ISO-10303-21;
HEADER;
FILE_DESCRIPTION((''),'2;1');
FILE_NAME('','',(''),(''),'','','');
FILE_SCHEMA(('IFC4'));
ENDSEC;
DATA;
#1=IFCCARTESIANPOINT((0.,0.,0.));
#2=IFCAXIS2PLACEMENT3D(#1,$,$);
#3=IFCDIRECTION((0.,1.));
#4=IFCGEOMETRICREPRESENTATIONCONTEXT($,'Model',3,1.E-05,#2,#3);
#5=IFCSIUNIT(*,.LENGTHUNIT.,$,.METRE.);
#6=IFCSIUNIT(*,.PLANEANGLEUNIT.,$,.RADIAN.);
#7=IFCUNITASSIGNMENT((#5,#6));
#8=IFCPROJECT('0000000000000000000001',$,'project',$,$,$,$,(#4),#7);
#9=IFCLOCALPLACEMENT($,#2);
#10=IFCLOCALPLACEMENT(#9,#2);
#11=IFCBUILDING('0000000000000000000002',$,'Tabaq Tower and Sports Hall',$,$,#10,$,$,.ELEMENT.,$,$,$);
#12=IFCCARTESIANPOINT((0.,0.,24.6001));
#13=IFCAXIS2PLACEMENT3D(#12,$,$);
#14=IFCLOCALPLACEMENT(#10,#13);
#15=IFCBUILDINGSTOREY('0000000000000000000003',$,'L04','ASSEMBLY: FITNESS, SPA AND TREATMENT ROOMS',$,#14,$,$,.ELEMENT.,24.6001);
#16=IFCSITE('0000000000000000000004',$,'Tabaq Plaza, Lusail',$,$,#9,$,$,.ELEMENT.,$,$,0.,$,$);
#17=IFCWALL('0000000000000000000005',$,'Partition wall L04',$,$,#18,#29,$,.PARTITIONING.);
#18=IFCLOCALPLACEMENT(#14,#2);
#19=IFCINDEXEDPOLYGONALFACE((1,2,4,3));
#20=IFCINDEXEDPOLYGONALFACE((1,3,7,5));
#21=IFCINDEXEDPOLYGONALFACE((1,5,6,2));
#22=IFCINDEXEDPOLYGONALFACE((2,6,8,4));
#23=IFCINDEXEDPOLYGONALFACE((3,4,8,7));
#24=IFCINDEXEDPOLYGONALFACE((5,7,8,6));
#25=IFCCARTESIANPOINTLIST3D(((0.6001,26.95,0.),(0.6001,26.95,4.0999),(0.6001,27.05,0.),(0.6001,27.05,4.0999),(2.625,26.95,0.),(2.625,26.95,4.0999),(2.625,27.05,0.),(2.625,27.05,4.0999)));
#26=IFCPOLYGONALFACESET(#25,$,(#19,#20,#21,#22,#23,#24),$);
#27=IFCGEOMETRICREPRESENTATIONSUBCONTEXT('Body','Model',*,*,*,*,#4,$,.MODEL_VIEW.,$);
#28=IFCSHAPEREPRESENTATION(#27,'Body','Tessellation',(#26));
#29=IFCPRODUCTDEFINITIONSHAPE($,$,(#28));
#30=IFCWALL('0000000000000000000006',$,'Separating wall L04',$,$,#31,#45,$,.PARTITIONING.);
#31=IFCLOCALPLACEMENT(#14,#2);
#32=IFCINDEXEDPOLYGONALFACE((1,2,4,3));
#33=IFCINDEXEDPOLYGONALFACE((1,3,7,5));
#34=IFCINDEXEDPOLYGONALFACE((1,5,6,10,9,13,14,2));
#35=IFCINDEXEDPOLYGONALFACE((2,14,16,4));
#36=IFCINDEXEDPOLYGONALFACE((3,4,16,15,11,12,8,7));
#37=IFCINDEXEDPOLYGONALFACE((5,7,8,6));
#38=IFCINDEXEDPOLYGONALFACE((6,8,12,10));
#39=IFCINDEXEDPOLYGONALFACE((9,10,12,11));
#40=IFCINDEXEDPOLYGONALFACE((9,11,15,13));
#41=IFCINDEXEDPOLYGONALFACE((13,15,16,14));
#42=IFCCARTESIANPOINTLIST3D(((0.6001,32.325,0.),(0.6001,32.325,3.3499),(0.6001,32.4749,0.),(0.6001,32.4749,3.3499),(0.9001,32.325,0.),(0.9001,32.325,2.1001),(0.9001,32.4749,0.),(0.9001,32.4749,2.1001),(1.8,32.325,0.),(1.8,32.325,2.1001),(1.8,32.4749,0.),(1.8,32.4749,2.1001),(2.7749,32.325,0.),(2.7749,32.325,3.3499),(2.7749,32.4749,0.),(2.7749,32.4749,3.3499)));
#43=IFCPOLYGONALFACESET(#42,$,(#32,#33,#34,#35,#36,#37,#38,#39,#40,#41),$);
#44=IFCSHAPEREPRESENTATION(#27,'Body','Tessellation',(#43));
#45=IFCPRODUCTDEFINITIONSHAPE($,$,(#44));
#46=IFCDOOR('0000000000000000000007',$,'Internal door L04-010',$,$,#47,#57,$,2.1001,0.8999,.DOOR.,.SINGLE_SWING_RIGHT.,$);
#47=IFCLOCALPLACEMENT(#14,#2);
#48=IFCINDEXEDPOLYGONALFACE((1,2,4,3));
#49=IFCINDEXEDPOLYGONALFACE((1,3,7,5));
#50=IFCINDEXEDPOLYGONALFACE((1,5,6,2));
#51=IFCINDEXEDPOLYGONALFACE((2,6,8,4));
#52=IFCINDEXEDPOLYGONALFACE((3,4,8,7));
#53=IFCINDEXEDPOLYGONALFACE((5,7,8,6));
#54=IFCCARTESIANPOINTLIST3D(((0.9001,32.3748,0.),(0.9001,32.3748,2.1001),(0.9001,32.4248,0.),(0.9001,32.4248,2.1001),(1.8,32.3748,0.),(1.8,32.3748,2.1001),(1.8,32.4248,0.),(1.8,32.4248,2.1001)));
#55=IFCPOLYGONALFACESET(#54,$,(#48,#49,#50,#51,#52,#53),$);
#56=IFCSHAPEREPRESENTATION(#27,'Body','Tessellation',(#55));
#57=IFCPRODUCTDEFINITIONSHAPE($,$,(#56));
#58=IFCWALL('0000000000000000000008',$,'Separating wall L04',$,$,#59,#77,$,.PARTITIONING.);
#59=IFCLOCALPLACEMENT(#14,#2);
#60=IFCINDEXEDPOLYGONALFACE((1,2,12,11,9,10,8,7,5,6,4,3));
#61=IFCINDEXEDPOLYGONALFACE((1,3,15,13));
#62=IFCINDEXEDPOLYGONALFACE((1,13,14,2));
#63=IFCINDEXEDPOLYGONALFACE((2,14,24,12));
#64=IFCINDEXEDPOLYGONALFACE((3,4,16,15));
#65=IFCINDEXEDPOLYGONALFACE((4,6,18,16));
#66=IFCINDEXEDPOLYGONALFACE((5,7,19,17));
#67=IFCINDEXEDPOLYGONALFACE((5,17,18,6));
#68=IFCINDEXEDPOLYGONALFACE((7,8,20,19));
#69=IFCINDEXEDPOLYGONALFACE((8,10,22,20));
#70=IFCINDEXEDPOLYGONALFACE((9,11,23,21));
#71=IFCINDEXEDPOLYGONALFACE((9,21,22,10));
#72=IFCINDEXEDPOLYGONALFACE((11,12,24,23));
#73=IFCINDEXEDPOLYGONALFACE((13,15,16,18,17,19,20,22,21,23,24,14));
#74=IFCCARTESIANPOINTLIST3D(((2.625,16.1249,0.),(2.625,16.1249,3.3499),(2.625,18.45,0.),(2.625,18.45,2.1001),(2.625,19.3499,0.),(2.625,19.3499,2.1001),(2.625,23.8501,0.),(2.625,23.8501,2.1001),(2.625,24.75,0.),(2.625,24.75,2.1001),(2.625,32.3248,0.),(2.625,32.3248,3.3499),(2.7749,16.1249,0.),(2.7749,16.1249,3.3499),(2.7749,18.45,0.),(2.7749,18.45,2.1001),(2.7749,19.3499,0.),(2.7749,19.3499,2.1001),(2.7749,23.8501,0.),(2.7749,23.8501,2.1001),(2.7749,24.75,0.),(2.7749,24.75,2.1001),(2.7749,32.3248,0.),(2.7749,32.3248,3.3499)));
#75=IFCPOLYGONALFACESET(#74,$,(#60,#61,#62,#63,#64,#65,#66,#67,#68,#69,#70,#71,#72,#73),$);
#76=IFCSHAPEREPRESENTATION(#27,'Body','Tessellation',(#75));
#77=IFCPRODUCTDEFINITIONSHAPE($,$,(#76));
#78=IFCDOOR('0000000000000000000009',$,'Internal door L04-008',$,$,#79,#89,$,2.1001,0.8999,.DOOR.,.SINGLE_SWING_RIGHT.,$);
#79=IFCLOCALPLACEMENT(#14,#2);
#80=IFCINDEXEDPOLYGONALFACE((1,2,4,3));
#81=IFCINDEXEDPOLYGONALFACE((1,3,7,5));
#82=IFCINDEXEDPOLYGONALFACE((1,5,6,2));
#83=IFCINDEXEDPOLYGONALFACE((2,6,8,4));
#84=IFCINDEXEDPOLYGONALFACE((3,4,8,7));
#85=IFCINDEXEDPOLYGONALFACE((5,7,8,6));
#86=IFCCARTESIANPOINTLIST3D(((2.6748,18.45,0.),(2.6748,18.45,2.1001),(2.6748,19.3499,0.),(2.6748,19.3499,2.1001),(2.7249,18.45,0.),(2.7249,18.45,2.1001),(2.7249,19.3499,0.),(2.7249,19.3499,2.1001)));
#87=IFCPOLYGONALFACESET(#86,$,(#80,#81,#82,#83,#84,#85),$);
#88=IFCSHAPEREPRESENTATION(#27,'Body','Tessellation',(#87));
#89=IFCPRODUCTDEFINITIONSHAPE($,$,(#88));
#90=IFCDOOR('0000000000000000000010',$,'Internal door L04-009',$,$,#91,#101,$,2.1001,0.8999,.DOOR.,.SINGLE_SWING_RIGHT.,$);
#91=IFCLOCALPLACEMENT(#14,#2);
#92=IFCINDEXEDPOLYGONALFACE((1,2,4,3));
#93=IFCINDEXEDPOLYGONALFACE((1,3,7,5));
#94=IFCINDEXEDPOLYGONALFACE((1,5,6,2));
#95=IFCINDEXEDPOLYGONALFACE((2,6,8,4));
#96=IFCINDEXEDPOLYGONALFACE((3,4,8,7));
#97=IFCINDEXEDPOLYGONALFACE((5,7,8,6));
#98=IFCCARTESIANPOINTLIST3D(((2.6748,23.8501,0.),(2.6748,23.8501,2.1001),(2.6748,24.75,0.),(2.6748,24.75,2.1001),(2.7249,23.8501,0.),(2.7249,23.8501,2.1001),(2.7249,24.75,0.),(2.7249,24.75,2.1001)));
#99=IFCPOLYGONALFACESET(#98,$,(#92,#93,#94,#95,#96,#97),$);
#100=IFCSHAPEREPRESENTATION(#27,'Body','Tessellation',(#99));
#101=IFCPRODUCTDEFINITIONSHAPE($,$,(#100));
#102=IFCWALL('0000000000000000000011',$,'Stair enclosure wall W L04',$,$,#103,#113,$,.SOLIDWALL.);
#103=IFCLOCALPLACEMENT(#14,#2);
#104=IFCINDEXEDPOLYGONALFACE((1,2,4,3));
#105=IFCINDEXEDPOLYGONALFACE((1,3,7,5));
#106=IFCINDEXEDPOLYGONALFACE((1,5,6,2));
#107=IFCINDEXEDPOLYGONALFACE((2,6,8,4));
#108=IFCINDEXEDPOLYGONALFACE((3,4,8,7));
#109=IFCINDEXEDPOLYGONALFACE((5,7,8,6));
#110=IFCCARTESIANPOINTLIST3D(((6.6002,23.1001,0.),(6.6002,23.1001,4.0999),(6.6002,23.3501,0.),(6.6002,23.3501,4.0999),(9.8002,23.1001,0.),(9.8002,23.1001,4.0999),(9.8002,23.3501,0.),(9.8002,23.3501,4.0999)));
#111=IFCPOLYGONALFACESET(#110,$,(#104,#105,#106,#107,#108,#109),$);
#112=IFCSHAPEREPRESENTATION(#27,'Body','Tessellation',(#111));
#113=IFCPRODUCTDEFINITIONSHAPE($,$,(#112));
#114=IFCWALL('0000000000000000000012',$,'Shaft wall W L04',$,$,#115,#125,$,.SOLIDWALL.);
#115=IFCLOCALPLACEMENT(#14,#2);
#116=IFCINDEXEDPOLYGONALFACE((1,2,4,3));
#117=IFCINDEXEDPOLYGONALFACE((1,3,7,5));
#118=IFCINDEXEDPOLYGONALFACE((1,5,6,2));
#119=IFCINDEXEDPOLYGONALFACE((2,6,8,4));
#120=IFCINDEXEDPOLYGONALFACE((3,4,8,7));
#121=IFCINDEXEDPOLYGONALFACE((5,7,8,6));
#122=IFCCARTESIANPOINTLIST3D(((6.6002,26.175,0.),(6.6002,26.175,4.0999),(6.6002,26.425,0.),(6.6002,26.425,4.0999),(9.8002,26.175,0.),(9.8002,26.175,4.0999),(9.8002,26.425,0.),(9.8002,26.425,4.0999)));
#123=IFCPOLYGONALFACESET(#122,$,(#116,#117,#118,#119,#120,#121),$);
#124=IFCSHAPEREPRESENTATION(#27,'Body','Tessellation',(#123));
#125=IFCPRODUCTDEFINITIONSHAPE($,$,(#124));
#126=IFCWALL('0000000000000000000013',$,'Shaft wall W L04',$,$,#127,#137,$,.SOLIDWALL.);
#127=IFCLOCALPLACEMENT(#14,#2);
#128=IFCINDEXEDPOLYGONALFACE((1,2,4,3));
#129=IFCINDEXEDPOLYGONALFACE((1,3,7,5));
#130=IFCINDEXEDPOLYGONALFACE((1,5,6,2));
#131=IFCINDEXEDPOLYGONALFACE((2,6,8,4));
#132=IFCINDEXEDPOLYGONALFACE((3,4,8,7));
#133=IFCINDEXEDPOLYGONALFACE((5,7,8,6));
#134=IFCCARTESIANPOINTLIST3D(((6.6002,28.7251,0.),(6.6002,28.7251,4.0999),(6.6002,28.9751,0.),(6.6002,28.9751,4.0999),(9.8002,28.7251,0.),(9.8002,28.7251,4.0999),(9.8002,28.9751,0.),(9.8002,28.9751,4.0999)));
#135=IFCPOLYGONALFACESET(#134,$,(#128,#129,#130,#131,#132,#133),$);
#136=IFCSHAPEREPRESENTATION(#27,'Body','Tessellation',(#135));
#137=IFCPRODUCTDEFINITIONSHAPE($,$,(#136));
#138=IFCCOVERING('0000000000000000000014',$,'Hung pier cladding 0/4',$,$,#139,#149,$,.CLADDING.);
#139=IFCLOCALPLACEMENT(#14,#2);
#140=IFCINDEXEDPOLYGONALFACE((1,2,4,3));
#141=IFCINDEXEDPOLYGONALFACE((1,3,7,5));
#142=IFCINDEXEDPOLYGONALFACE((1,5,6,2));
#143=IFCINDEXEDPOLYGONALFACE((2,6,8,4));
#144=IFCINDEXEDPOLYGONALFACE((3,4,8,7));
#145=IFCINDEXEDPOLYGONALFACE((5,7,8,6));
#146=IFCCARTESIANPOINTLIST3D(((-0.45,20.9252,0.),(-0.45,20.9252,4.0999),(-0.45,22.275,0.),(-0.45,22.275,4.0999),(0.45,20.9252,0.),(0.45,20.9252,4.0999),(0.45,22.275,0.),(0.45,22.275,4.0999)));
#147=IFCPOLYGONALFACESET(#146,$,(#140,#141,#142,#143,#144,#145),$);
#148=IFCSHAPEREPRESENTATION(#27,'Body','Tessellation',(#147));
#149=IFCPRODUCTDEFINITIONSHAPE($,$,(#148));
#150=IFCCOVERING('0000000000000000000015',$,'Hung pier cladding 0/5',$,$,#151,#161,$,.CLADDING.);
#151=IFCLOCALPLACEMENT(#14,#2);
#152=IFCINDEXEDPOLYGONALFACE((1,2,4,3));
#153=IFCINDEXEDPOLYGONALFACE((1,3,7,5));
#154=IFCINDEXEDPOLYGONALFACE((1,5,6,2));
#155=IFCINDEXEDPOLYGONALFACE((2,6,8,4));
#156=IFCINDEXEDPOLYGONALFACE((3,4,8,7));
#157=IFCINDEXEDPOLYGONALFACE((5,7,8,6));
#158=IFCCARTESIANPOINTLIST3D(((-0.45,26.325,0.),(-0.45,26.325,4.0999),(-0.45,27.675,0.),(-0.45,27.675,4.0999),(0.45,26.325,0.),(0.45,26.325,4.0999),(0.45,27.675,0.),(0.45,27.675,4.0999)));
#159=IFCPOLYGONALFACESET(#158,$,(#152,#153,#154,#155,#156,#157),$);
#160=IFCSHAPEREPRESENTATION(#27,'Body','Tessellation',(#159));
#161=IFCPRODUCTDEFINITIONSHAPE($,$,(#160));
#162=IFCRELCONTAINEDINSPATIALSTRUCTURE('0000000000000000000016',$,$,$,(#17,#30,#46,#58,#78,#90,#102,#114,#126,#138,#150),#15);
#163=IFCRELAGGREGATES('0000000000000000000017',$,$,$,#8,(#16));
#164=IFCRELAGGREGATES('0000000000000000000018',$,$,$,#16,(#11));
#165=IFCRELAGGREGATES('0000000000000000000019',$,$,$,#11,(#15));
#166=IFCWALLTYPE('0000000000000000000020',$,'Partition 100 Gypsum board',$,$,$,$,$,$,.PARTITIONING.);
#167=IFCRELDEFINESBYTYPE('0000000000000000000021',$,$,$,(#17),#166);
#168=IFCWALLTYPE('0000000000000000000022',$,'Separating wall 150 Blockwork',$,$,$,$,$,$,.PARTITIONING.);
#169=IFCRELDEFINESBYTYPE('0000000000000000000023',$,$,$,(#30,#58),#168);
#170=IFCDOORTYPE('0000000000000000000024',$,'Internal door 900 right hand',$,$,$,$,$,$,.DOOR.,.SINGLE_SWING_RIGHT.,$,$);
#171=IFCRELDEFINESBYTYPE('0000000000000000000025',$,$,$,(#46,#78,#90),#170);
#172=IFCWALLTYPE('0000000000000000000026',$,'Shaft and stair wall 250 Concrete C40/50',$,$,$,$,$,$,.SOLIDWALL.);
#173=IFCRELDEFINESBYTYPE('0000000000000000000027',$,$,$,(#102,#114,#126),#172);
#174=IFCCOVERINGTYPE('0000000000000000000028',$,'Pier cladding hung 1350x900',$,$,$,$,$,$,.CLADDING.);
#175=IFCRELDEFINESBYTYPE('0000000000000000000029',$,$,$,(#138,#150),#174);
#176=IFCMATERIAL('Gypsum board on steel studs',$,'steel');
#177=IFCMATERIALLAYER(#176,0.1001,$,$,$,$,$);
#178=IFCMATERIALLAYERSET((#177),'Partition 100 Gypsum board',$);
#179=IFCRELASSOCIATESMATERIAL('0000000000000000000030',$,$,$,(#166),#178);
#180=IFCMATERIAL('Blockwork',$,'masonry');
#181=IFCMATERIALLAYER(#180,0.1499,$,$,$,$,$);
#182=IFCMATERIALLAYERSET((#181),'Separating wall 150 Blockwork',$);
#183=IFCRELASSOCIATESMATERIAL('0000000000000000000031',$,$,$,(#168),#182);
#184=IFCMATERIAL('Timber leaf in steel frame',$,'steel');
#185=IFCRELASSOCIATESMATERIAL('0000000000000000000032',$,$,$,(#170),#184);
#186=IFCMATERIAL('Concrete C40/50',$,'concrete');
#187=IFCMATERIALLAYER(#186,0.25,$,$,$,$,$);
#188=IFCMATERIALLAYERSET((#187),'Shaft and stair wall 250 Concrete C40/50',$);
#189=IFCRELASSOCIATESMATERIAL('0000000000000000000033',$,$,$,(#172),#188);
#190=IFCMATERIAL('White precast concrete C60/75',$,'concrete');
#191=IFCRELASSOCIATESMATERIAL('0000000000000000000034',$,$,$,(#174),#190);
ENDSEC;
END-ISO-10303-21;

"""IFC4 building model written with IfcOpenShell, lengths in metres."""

from ifc_helpers import new_model, si_unit, direction, frame, frame_2d, origin, place, context, subcontext, project, spatial, rectangle, extrude, material, layer, layer_set, type_object, element, fill, save


model = new_model("IFC4")

# Units and contexts
model_context = context("Model", 3, precision=1e-05, world=origin(), true_north=direction((0.0, 1.0)))
body_context = subcontext(model_context, "Body", "Model", "MODEL_VIEW")
ifc_project = project(units=[si_unit("LENGTHUNIT", "METRE"), si_unit("PLANEANGLEUNIT", "RADIAN")], contexts=[model_context])

# Site, building, storey
site_placement = place(None, origin())
site = spatial("IfcSite", under=ifc_project, at=site_placement, Name="Tabaq Plaza, Lusail", CompositionType="ELEMENT", RefElevation=0.0)
building_placement = place(site_placement, origin())
building = spatial("IfcBuilding", under=site, at=building_placement, Name="Tabaq Tower and Sports Hall", CompositionType="ELEMENT")
storey_placement = place(building_placement, frame((0.0, 0.0, 24.6001)))
storey = spatial("IfcBuildingStorey", under=building, at=storey_placement, Name="L04", Description="ASSEMBLY: FITNESS, SPA AND TREATMENT ROOMS", CompositionType="ELEMENT", Elevation=24.6001)

# Wall
ifc_material_1 = material(Name="Gypsum board on steel studs", Category="steel")
ifc_layer_1 = layer(ifc_material_1, 0.1001)
ifc_layer_set_1 = layer_set([ifc_layer_1], Name="Partition 100 Gypsum board")
wall_type_1 = type_object("IfcWallType", Name="Partition 100 Gypsum board", PredefinedType="PARTITIONING", material=ifc_layer_set_1)
wall_1_placement = place(storey_placement, frame((2.625, 27.0, 0.0), z_axis=(0.0, 0.0, 1.0), x_axis=(-1.0, 0.0, 0.0)))
element("IfcWall", 1, at=wall_1_placement, inside=storey, type_object=wall_type_1, Name="Partition wall L04", PredefinedType="PARTITIONING", context=body_context, shape_type="SweptSolid", body=[
    extrude(rectangle(XDim=2.0249, YDim=0.1001, at=frame_2d((1.0125, 0.0))), origin(), (0.0, 0.0, 1.0), 4.0999),
])

# Wall, opening, door
ifc_material_2 = material(Name="Blockwork", Category="masonry")
ifc_layer_2 = layer(ifc_material_2, 0.1499)
ifc_layer_set_2 = layer_set([ifc_layer_2], Name="Separating wall 150 Blockwork")
wall_type_2 = type_object("IfcWallType", Name="Separating wall 150 Blockwork", PredefinedType="PARTITIONING", material=ifc_layer_set_2)
wall_2_placement = place(storey_placement, frame((0.6001, 32.3999, 0.0), z_axis=(0.0, 0.0, 1.0), x_axis=(1.0, 0.0, 0.0)))
wall_2 = element("IfcWall", 2, at=wall_2_placement, inside=storey, type_object=wall_type_2, Name="Separating wall L04", PredefinedType="PARTITIONING", context=body_context, shape_type="SweptSolid", body=[
    extrude(rectangle(XDim=2.1748, YDim=0.1499, at=frame_2d((1.0874, 0.0))), origin(), (0.0, 0.0, 1.0), 3.3499),
])
opening_1_placement = place(wall_2_placement, frame((0.3, 0.0, 0.0)))
opening_1 = element("IfcOpeningElement", 3, at=opening_1_placement, cuts=wall_2, PredefinedType="OPENING", context=body_context, shape_type="SweptSolid", body=[
    extrude(rectangle(XDim=0.8999, YDim=2.1001, at=frame_2d((0.45, 1.05))), frame((0.0, 0.075, 0.0), z_axis=(0.0, -1.0, 0.0), x_axis=(1.0, 0.0, 0.0)), (0.0, 0.0, 1.0), 0.1499),
])
ifc_material_3 = material(Name="Timber leaf in steel frame", Category="steel")
door_type_1 = type_object("IfcDoorType", Name="Internal door 900 right hand", OperationType="SINGLE_SWING_RIGHT", PredefinedType="DOOR", material=ifc_material_3)
door_1_placement = place(opening_1_placement, origin())
door_1 = element("IfcDoor", 4, at=door_1_placement, inside=storey, type_object=door_type_1, Name="Internal door L04-010", OperationType="SINGLE_SWING_RIGHT", OverallHeight=2.1001, OverallWidth=0.8999, PredefinedType="DOOR", context=body_context, shape_type="SweptSolid", body=[
    extrude(rectangle(XDim=0.8999, YDim=2.1001, at=frame_2d((0.45, 1.05))), frame((0.0, 0.0249, 0.0), z_axis=(0.0, -1.0, 0.0), x_axis=(1.0, 0.0, 0.0)), (0.0, 0.0, 1.0), 0.05),
])
fill(opening_1, door_1)

# Wall, openings, doors
wall_3_placement = place(storey_placement, frame((2.7, 32.325, 0.0), z_axis=(0.0, 0.0, 1.0), x_axis=(0.0, -1.0, 0.0)))
wall_3 = element("IfcWall", 5, at=wall_3_placement, inside=storey, type_object=wall_type_2, Name="Separating wall L04", PredefinedType="PARTITIONING", context=body_context, shape_type="SweptSolid", body=[
    extrude(rectangle(XDim=16.2, YDim=0.1499, at=frame_2d((8.1001, 0.0))), origin(), (0.0, 0.0, 1.0), 3.3499),
])
opening_2_placement = place(wall_3_placement, frame((12.9751, 0.0, 0.0)))
opening_2 = element("IfcOpeningElement", 6, at=opening_2_placement, cuts=wall_3, PredefinedType="OPENING", context=body_context, shape_type="SweptSolid", body=[
    extrude(rectangle(XDim=0.8999, YDim=2.1001, at=frame_2d((0.45, 1.05))), frame((0.0, 0.075, 0.0), z_axis=(0.0, -1.0, 0.0), x_axis=(1.0, 0.0, 0.0)), (0.0, 0.0, 1.0), 0.1499),
])
opening_3_placement = place(wall_3_placement, frame((7.575, 0.0, 0.0)))
opening_3 = element("IfcOpeningElement", 7, at=opening_3_placement, cuts=wall_3, PredefinedType="OPENING", context=body_context, shape_type="SweptSolid", body=[
    extrude(rectangle(XDim=0.8999, YDim=2.1001, at=frame_2d((0.45, 1.05))), frame((0.0, 0.075, 0.0), z_axis=(0.0, -1.0, 0.0), x_axis=(1.0, 0.0, 0.0)), (0.0, 0.0, 1.0), 0.1499),
])
door_2_placement = place(opening_2_placement, origin())
door_2 = element("IfcDoor", 8, at=door_2_placement, inside=storey, type_object=door_type_1, Name="Internal door L04-008", OperationType="SINGLE_SWING_RIGHT", OverallHeight=2.1001, OverallWidth=0.8999, PredefinedType="DOOR", context=body_context, shape_type="SweptSolid", body=[
    extrude(rectangle(XDim=0.8999, YDim=2.1001, at=frame_2d((0.45, 1.05))), frame((0.0, 0.0249, 0.0), z_axis=(0.0, -1.0, 0.0), x_axis=(1.0, 0.0, 0.0)), (0.0, 0.0, 1.0), 0.05),
])
fill(opening_2, door_2)
door_3_placement = place(opening_3_placement, origin())
door_3 = element("IfcDoor", 9, at=door_3_placement, inside=storey, type_object=door_type_1, Name="Internal door L04-009", OperationType="SINGLE_SWING_RIGHT", OverallHeight=2.1001, OverallWidth=0.8999, PredefinedType="DOOR", context=body_context, shape_type="SweptSolid", body=[
    extrude(rectangle(XDim=0.8999, YDim=2.1001, at=frame_2d((0.45, 1.05))), frame((0.0, 0.0249, 0.0), z_axis=(0.0, -1.0, 0.0), x_axis=(1.0, 0.0, 0.0)), (0.0, 0.0, 1.0), 0.05),
])
fill(opening_3, door_3)

# Walls
ifc_material_4 = material(Name="Concrete C40/50", Category="concrete")
ifc_layer_3 = layer(ifc_material_4, 0.25)
ifc_layer_set_3 = layer_set([ifc_layer_3], Name="Shaft and stair wall 250 Concrete C40/50")
wall_type_3 = type_object("IfcWallType", Name="Shaft and stair wall 250 Concrete C40/50", PredefinedType="SOLIDWALL", material=ifc_layer_set_3)
for number, where, z_axis, x_axis, name in (
    (10, (6.6001, 23.2251, 0.0), (0.0, 0.0, 1.0), (1.0, 0.0, 0.0), "Stair enclosure wall W L04"),
    (11, (6.6001, 26.3, 0.0), (0.0, 0.0, 1.0), (1.0, 0.0, 0.0), "Shaft wall W L04"),
    (12, (6.6001, 28.8501, 0.0), (0.0, 0.0, 1.0), (1.0, 0.0, 0.0), "Shaft wall W L04"),
):
    element("IfcWall", number, at=place(storey_placement, frame(where, z_axis=z_axis, x_axis=x_axis)), inside=storey, type_object=wall_type_3, Name=name, PredefinedType="SOLIDWALL", context=body_context, shape_type="SweptSolid", body=[
        extrude(rectangle(XDim=3.2, YDim=0.25, at=frame_2d((1.6001, 0.0))), origin(), (0.0, 0.0, 1.0), 4.0999),
    ])

# Coverings
ifc_material_5 = material(Name="White precast concrete C60/75", Category="concrete")
covering_type = type_object("IfcCoveringType", Name="Pier cladding hung 1350x900", PredefinedType="CLADDING", material=ifc_material_5)
covering_1_placement = place(storey_placement, frame((0.0, 22.2749, 0.0), z_axis=(0.0, 0.0, 1.0), x_axis=(0.0, -1.0, 0.0)))
element("IfcCovering", 13, at=covering_1_placement, inside=storey, type_object=covering_type, Name="Hung pier cladding 0/4", PredefinedType="CLADDING", context=body_context, shape_type="SweptSolid", body=[
    extrude(rectangle(XDim=1.3499, YDim=0.8999, at=frame_2d((0.6748, 0.0))), origin(), (0.0, 0.0, 1.0), 4.0999),
])
covering_2_placement = place(storey_placement, frame((0.0, 27.675, 0.0), z_axis=(0.0, 0.0, 1.0), x_axis=(0.0, -1.0, 0.0)))
element("IfcCovering", 14, at=covering_2_placement, inside=storey, type_object=covering_type, Name="Hung pier cladding 0/5", PredefinedType="CLADDING", context=body_context, shape_type="SweptSolid", body=[
    extrude(rectangle(XDim=1.3501, YDim=0.8999, at=frame_2d((0.675, 0.0))), origin(), (0.0, 0.0, 1.0), 4.0999),
])

save(model, "model.ifc")
